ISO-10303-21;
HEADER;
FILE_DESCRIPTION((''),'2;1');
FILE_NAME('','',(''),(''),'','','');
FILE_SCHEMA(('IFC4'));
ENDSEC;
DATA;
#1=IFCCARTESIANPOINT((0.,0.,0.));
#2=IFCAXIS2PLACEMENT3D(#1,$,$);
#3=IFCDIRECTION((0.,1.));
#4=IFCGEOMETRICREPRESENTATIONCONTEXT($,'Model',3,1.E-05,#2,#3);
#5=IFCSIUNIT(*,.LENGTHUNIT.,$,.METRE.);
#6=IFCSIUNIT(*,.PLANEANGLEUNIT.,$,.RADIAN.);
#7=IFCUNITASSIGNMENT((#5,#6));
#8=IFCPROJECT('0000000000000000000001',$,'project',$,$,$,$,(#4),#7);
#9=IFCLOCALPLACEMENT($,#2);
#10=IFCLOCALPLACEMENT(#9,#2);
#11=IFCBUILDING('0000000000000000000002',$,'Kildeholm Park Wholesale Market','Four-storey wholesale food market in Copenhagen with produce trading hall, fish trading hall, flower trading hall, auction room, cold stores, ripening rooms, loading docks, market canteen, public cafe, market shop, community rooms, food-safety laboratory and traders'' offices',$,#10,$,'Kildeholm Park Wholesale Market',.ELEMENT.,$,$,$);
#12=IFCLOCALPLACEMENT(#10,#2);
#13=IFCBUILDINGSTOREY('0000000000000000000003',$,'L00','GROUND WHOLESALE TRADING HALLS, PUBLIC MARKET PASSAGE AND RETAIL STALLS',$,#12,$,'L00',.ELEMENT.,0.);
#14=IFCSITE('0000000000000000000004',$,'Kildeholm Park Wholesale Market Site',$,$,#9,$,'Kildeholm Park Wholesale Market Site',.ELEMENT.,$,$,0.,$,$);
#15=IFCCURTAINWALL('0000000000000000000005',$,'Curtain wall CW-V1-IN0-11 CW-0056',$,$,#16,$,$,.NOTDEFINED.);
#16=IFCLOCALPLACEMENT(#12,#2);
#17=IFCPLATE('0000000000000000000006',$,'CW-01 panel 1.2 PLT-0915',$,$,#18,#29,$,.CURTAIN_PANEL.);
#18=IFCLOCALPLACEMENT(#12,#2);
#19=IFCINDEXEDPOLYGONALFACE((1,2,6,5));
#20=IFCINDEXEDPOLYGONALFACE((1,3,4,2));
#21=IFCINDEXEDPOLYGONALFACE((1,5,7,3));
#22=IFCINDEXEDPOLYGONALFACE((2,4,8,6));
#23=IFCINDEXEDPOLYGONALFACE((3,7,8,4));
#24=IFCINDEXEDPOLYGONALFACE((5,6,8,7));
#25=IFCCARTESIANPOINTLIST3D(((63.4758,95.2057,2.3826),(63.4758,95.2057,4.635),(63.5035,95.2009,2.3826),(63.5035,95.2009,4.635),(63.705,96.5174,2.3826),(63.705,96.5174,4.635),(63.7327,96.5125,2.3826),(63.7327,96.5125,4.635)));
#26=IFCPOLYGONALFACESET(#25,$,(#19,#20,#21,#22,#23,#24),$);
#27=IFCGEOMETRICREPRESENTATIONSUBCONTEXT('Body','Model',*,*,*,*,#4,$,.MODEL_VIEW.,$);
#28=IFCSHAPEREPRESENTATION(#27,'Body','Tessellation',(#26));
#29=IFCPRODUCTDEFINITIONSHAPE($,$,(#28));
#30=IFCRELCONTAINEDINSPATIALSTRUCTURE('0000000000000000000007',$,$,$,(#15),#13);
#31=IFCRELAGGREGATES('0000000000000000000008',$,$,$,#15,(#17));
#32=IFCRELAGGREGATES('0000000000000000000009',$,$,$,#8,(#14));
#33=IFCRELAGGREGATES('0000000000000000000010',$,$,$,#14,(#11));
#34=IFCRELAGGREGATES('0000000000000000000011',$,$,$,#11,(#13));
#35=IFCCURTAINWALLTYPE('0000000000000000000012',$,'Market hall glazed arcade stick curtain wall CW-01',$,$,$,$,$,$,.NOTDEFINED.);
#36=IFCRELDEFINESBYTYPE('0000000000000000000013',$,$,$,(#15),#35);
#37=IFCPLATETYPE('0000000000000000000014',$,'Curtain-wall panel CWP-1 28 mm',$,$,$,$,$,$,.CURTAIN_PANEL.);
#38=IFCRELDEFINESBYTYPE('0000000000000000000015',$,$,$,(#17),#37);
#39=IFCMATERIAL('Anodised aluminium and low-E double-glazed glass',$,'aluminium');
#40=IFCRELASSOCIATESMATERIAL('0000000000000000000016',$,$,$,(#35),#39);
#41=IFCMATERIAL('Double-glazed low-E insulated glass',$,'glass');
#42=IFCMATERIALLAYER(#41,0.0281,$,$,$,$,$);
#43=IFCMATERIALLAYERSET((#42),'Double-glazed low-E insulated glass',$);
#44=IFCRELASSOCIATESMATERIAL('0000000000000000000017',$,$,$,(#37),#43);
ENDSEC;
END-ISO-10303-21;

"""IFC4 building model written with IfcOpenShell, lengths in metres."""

from ifc_helpers import new_model, si_unit, direction, frame, origin, origin_2d, place, context, subcontext, project, spatial, rectangle, extrude, material, layer, layer_set, type_object, element, aggregate, save


model = new_model("IFC4")

# Units and contexts
model_context = context("Model", 3, precision=1e-05, world=origin(), true_north=direction((0.0, 1.0)))
body_context = subcontext(model_context, "Body", "Model", "MODEL_VIEW")
ifc_project = project(units=[si_unit("LENGTHUNIT", "METRE"), si_unit("PLANEANGLEUNIT", "RADIAN")], contexts=[model_context])

# Site, building, storey
site_placement = place(None, origin())
site = spatial("IfcSite", under=ifc_project, at=site_placement, Name="Kildeholm Park Wholesale Market Site", LongName="Kildeholm Park Wholesale Market Site", CompositionType="ELEMENT", RefElevation=0.0)
building_placement = place(site_placement, origin())
building = spatial("IfcBuilding", under=site, at=building_placement, Name="Kildeholm Park Wholesale Market", Description="Four-storey wholesale food market in Copenhagen with produce trading hall, fish trading hall, flower trading hall, auction room, cold stores, ripening rooms, loading docks, market canteen, public cafe, market shop, community rooms, food-safety laboratory and traders' offices", LongName="Kildeholm Park Wholesale Market", CompositionType="ELEMENT")
storey_placement = place(building_placement, origin())
storey = spatial("IfcBuildingStorey", under=building, at=storey_placement, Name="L00", Description="GROUND WHOLESALE TRADING HALLS, PUBLIC MARKET PASSAGE AND RETAIL STALLS", LongName="L00", CompositionType="ELEMENT", Elevation=0.0)

# Curtain wall
ifc_material_1 = material(Name="Anodised aluminium and low-E double-glazed glass", Category="aluminium")
curtain_wall_type = type_object("IfcCurtainWallType", Name="Market hall glazed arcade stick curtain wall CW-01", PredefinedType="NOTDEFINED", material=ifc_material_1)
curtain_wall_1_placement = place(storey_placement, origin())
curtain_wall_1 = element("IfcCurtainWall", 1, at=curtain_wall_1_placement, inside=storey, type_object=curtain_wall_type, Name="Curtain wall CW-V1-IN0-11 CW-0056", PredefinedType="NOTDEFINED")

# Plate
ifc_material_2 = material(Name="Double-glazed low-E insulated glass", Category="glass")
ifc_layer = layer(ifc_material_2, 0.0281)
ifc_layer_set = layer_set([ifc_layer], Name="Double-glazed low-E insulated glass")
plate_type = type_object("IfcPlateType", Name="Curtain-wall panel CWP-1 28 mm", PredefinedType="CURTAIN_PANEL", material=ifc_layer_set)
plate_1_placement = place(storey_placement, frame((63.6042, 95.8591, 2.3826), z_axis=(0.0, 0.0, 1.0), x_axis=(-0.172133, -0.985074, 0.0)))
plate_1 = element("IfcPlate", 2, at=plate_1_placement, type_object=plate_type, Name="CW-01 panel 1.2 PLT-0915", PredefinedType="CURTAIN_PANEL", context=body_context, shape_type="SweptSolid", body=[
    extrude(rectangle(XDim=1.3315, YDim=0.0281, at=origin_2d()), origin(), (0.0, 0.0, 1.0), 2.2524),
])
aggregate(curtain_wall_1, [plate_1])

save(model, "model.ifc")
